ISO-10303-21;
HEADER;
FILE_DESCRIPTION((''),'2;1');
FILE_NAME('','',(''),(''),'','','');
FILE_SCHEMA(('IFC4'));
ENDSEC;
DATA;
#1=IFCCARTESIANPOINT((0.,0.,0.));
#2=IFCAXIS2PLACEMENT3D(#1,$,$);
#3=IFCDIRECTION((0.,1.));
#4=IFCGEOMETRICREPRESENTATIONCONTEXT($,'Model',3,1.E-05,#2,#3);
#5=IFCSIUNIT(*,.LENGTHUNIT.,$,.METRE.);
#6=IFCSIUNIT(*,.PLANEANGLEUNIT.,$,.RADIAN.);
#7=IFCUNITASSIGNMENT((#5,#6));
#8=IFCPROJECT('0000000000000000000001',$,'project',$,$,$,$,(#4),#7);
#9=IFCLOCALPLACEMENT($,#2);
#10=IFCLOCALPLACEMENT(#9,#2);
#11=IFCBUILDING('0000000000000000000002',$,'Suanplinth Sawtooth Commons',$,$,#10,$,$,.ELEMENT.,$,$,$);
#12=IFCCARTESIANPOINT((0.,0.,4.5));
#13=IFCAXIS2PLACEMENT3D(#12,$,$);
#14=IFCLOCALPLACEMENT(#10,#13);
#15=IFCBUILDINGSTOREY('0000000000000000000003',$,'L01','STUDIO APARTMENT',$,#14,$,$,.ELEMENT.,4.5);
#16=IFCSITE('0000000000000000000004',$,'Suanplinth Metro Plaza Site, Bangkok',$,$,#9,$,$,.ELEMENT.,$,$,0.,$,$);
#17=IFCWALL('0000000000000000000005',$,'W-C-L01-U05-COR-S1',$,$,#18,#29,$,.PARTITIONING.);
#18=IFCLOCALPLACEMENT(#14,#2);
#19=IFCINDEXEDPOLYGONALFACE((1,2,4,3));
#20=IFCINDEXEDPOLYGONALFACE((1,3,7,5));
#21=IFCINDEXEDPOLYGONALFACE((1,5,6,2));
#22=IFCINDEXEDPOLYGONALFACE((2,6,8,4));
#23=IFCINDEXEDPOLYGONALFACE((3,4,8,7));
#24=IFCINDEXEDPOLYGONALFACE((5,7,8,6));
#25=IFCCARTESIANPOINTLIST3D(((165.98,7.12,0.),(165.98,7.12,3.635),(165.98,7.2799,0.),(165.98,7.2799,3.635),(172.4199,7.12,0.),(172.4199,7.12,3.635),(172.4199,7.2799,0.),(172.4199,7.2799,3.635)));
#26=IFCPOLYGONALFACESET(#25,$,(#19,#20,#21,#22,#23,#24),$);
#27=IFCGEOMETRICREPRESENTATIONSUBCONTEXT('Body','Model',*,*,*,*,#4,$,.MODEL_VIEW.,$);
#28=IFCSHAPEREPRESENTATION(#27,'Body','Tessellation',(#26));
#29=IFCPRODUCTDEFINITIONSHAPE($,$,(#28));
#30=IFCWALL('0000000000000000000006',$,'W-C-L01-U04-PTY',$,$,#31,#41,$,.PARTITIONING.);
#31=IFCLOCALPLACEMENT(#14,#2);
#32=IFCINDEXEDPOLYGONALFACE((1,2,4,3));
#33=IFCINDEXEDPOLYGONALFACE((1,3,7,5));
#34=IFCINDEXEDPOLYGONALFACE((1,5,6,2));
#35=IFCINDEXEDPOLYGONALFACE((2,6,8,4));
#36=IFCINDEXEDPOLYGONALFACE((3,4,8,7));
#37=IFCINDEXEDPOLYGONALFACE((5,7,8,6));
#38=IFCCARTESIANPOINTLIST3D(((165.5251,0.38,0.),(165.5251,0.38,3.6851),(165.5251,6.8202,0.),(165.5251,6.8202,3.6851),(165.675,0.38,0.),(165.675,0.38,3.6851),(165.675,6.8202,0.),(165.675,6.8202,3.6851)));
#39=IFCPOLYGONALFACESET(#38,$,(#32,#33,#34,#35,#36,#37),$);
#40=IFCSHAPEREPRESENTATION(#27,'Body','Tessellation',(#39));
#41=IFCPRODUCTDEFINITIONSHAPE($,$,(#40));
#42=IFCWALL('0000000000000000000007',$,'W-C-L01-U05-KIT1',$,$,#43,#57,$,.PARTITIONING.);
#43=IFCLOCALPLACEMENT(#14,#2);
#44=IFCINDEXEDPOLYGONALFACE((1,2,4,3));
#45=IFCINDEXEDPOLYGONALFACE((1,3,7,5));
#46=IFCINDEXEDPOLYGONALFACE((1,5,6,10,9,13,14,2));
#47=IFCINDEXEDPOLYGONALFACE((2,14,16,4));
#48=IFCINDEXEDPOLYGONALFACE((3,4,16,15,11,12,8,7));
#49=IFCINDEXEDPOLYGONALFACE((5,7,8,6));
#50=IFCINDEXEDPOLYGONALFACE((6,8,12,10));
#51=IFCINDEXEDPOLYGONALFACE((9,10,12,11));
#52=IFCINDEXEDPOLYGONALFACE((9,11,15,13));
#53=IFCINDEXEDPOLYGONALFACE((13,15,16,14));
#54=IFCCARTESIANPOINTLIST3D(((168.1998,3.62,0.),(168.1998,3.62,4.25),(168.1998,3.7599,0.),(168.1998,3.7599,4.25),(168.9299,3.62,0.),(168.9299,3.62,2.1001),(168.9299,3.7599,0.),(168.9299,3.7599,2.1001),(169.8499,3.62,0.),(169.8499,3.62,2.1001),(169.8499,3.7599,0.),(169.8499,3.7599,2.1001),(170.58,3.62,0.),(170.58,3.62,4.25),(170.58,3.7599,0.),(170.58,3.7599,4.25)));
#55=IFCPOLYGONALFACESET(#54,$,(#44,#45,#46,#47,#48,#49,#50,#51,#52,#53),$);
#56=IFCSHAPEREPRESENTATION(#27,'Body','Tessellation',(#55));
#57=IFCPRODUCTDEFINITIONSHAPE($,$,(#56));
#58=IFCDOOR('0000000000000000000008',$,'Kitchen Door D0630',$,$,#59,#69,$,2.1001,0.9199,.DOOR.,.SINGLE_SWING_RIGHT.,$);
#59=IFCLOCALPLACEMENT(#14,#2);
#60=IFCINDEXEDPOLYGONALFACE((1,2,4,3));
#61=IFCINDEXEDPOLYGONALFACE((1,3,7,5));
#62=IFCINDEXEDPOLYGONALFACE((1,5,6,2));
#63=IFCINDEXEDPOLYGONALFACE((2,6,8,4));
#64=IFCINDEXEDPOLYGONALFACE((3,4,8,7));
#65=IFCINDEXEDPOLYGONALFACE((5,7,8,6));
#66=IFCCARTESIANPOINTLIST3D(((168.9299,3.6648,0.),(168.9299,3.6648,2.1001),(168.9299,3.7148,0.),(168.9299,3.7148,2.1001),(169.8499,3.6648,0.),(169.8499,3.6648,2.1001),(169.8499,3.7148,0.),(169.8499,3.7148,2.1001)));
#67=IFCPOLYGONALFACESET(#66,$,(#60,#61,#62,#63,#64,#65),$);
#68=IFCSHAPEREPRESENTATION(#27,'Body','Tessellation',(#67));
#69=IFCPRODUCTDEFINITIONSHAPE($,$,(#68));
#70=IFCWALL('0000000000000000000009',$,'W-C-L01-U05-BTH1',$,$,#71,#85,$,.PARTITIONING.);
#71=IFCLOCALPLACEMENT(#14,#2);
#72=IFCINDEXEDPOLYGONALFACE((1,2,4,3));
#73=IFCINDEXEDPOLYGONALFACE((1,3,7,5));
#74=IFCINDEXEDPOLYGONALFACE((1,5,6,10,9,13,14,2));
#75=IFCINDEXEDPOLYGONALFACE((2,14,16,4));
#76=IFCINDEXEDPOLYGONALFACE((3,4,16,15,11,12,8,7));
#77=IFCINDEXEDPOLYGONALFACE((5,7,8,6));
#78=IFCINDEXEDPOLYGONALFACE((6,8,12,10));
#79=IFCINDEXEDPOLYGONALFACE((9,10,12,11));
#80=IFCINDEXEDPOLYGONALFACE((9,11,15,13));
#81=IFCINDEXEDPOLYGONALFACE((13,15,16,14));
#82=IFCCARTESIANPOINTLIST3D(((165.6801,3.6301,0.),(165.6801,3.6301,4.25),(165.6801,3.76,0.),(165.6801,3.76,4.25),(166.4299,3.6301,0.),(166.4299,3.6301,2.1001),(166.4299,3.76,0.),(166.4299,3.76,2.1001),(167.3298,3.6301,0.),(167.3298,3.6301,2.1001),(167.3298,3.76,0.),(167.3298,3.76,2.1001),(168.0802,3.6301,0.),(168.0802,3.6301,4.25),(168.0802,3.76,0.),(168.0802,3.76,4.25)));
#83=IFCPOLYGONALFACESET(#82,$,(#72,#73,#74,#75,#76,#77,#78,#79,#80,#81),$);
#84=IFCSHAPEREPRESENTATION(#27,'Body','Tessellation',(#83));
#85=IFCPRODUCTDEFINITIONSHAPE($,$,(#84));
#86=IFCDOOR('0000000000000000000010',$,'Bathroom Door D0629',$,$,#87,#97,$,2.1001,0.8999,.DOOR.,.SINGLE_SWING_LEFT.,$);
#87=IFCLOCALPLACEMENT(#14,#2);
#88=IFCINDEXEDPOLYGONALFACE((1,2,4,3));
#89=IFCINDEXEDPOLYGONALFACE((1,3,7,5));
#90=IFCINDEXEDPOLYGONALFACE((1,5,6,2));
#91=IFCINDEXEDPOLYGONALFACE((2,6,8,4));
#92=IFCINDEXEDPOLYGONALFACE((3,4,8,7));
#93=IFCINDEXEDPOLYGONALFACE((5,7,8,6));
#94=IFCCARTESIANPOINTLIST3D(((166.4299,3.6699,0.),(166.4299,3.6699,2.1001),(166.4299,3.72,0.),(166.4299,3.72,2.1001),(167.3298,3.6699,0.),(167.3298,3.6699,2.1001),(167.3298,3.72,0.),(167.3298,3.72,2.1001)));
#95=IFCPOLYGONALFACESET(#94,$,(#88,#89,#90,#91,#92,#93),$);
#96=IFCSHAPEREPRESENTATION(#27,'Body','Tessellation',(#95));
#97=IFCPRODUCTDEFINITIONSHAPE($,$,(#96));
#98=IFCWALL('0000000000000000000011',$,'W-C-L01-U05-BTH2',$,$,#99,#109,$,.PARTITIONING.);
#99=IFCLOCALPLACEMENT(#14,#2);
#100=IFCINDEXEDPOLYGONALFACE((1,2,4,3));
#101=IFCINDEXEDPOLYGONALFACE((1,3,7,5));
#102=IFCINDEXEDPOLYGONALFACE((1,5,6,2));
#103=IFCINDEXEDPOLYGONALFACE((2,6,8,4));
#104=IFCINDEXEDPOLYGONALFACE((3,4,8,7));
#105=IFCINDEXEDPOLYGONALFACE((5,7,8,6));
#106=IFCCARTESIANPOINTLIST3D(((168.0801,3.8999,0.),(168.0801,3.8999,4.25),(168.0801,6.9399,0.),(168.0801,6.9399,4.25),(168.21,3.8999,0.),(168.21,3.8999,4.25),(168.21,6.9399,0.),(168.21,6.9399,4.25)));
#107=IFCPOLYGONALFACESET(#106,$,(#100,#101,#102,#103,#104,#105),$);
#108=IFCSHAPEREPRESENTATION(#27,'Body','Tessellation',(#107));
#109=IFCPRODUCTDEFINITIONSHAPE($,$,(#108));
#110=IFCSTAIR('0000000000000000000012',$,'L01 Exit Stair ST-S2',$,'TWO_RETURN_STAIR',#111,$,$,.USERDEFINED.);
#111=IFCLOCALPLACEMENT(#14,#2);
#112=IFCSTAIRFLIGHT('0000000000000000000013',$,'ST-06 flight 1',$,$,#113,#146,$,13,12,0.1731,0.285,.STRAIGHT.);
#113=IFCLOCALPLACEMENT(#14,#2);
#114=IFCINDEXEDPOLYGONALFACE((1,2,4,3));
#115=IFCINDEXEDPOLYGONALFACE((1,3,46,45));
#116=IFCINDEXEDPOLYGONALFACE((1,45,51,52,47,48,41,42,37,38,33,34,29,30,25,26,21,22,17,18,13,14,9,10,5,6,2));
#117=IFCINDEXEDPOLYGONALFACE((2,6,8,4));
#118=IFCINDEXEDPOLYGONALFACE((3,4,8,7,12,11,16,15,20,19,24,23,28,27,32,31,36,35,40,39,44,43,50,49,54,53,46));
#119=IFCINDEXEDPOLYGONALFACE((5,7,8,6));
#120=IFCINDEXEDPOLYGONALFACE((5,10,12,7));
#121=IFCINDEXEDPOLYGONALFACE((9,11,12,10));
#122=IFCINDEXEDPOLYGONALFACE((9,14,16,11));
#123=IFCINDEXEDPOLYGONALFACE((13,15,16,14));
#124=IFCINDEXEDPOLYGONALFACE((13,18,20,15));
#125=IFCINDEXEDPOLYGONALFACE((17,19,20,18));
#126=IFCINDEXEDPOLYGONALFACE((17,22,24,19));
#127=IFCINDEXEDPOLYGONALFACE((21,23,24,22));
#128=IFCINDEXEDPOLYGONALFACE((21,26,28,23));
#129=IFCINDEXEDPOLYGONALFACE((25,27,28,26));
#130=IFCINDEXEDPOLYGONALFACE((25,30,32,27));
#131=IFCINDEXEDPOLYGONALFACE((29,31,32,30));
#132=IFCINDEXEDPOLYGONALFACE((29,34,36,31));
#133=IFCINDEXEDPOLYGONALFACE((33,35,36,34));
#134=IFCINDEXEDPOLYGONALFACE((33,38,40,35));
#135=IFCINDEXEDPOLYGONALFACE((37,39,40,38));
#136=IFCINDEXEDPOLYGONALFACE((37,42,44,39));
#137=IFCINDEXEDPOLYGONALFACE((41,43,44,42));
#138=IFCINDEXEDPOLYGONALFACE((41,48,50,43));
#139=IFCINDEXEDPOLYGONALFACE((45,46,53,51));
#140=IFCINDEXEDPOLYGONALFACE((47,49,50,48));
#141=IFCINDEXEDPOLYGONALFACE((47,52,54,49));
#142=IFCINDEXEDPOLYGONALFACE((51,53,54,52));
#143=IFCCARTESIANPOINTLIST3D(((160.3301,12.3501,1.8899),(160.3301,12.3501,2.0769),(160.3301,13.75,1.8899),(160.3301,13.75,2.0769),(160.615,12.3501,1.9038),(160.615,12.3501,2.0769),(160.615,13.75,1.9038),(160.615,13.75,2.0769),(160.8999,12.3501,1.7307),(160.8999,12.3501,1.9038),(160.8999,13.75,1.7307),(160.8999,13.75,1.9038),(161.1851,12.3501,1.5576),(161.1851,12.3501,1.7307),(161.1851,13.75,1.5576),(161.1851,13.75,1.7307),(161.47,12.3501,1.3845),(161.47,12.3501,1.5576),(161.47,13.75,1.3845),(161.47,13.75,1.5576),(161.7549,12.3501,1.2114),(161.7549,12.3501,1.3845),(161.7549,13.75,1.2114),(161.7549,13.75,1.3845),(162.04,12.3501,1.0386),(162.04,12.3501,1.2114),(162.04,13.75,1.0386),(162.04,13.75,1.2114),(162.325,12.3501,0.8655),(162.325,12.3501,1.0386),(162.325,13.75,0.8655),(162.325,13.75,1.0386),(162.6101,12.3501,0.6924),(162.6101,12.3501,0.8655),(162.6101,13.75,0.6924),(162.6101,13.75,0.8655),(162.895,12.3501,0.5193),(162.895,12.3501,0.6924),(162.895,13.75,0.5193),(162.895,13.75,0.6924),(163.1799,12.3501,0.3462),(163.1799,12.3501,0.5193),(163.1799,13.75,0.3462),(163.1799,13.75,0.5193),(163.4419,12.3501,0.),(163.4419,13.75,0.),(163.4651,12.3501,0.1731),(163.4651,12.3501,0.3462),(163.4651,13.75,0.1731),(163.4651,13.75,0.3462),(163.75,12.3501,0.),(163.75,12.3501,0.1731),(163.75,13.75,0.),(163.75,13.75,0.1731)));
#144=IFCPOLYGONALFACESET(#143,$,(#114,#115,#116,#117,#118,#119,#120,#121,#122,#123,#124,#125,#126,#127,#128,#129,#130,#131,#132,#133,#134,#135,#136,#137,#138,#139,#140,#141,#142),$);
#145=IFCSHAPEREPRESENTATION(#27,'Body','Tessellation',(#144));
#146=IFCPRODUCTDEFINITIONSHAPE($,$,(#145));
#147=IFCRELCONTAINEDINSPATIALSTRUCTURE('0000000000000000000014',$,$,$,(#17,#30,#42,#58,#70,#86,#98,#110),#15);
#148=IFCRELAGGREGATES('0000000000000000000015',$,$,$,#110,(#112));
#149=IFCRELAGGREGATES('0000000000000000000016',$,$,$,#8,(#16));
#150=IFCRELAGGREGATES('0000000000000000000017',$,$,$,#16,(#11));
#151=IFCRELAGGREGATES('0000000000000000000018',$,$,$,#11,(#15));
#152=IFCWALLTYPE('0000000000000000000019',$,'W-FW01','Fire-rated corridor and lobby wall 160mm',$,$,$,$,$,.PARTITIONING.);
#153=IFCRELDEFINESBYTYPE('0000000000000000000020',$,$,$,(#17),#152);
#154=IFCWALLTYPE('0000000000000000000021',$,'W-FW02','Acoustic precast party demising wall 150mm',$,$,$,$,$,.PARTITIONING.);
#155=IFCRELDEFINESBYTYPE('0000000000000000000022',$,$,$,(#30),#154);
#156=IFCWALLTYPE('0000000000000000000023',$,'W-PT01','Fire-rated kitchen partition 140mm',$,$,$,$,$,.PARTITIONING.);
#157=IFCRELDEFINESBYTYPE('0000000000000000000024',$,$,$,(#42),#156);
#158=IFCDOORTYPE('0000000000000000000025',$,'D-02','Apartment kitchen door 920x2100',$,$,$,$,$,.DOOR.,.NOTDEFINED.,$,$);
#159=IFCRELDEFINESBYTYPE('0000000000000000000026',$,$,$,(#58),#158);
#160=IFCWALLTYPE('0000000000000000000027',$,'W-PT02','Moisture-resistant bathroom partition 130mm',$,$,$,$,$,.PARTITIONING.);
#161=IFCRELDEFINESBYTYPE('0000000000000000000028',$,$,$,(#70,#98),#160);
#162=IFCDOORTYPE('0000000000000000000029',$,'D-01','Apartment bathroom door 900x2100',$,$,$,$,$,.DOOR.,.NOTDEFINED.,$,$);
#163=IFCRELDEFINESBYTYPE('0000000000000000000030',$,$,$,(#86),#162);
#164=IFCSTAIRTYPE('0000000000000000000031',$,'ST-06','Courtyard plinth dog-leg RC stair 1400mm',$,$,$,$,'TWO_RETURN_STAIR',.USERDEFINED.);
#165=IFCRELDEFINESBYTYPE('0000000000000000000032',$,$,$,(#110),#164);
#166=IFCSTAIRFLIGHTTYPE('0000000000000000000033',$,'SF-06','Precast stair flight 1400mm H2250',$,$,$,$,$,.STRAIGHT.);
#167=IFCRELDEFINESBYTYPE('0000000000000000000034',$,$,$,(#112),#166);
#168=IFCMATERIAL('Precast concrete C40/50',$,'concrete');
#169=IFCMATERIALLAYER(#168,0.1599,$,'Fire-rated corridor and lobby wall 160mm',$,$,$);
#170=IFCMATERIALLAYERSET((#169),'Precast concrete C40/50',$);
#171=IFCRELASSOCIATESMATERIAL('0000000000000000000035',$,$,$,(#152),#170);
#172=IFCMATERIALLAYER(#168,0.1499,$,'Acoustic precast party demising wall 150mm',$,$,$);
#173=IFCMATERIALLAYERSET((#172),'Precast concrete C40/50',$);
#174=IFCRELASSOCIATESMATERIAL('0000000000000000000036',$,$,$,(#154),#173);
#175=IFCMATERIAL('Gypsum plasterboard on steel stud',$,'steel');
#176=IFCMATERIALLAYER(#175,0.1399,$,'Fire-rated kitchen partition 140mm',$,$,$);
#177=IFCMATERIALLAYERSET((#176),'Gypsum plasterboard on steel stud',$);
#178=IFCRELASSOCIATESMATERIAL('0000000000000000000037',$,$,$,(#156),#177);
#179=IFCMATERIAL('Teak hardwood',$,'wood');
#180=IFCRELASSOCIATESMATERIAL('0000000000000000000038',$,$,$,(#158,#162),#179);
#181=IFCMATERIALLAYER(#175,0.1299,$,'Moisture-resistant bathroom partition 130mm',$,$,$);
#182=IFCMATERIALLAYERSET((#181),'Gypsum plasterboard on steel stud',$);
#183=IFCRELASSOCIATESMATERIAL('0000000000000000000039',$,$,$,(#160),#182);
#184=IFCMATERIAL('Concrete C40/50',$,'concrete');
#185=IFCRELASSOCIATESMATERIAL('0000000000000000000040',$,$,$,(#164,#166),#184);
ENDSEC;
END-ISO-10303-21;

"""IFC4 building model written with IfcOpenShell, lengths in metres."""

from ifc_helpers import new_model, si_unit, direction, frame, frame_2d, origin, place, context, subcontext, project, spatial, polyline, rectangle, outline, extrude, material, layer, layer_set, type_object, element, fill, aggregate, save


model = new_model("IFC4")

# Units and contexts
model_context = context("Model", 3, precision=1e-05, world=origin(), true_north=direction((0.0, 1.0)))
body_context = subcontext(model_context, "Body", "Model", "MODEL_VIEW")
ifc_project = project(units=[si_unit("LENGTHUNIT", "METRE"), si_unit("PLANEANGLEUNIT", "RADIAN")], contexts=[model_context])

# Site, building, storey
site_placement = place(None, origin())
site = spatial("IfcSite", under=ifc_project, at=site_placement, Name="Suanplinth Metro Plaza Site, Bangkok", CompositionType="ELEMENT", RefElevation=0.0)
building_placement = place(site_placement, origin())
building = spatial("IfcBuilding", under=site, at=building_placement, Name="Suanplinth Sawtooth Commons", CompositionType="ELEMENT")
storey_placement = place(building_placement, frame((0.0, 0.0, 4.5)))
storey = spatial("IfcBuildingStorey", under=building, at=storey_placement, Name="L01", Description="STUDIO APARTMENT", CompositionType="ELEMENT", Elevation=4.5)

# Shared definitions
ifc_material_1 = material(Name="Concrete C40/50", Category="concrete")

# Shared definitions
ifc_material_2 = material(Name="Precast concrete C40/50", Category="concrete")

# Shared definitions
ifc_layer_1 = layer(ifc_material_2, 0.1599, Name="Fire-rated corridor and lobby wall 160mm")
ifc_layer_set_1 = layer_set([ifc_layer_1], Name="Precast concrete C40/50")
wall_type_1 = type_object("IfcWallType", Name="W-FW01", Description="Fire-rated corridor and lobby wall 160mm", PredefinedType="PARTITIONING", material=ifc_layer_set_1)

# Walls
wall_1_placement = place(storey_placement, frame((165.98, 7.2, 0.0), z_axis=(0.0, 0.0, 1.0), x_axis=(1.0, 0.0, 0.0)))
element("IfcWall", 1, at=wall_1_placement, inside=storey, type_object=wall_type_1, Name="W-C-L01-U05-COR-S1", PredefinedType="PARTITIONING", context=body_context, shape_type="SweptSolid", body=[
    extrude(rectangle(XDim=6.4399, YDim=0.1599, at=frame_2d((3.22, 0.0))), origin(), (0.0, 0.0, 1.0), 3.635),
])
ifc_layer_2 = layer(ifc_material_2, 0.1499, Name="Acoustic precast party demising wall 150mm")
ifc_layer_set_2 = layer_set([ifc_layer_2], Name="Precast concrete C40/50")
wall_type_2 = type_object("IfcWallType", Name="W-FW02", Description="Acoustic precast party demising wall 150mm", PredefinedType="PARTITIONING", material=ifc_layer_set_2)
wall_2_placement = place(storey_placement, frame((165.6001, 0.3799, 0.0), z_axis=(0.0, 0.0, 1.0), x_axis=(0.0, 1.0, 0.0)))
element("IfcWall", 2, at=wall_2_placement, inside=storey, type_object=wall_type_2, Name="W-C-L01-U04-PTY", PredefinedType="PARTITIONING", context=body_context, shape_type="SweptSolid", body=[
    extrude(rectangle(XDim=6.4402, YDim=0.1499, at=frame_2d((3.2202, 0.0))), origin(), (0.0, 0.0, 1.0), 3.6851),
])

# Walls, openings, doors
ifc_material_3 = material(Name="Gypsum plasterboard on steel stud", Category="steel")
ifc_layer_3 = layer(ifc_material_3, 0.1399, Name="Fire-rated kitchen partition 140mm")
ifc_layer_set_3 = layer_set([ifc_layer_3], Name="Gypsum plasterboard on steel stud")
wall_type_3 = type_object("IfcWallType", Name="W-PT01", Description="Fire-rated kitchen partition 140mm", PredefinedType="PARTITIONING", material=ifc_layer_set_3)
wall_3_placement = place(storey_placement, frame((168.2, 3.6899, 0.0), z_axis=(0.0, 0.0, 1.0), x_axis=(1.0, 0.0, 0.0)))
wall_3 = element("IfcWall", 3, at=wall_3_placement, inside=storey, type_object=wall_type_3, Name="W-C-L01-U05-KIT1", PredefinedType="PARTITIONING", context=body_context, shape_type="SweptSolid", body=[
    extrude(rectangle(XDim=2.3801, YDim=0.1399, at=frame_2d((1.1899, 0.0))), origin(), (0.0, 0.0, 1.0), 4.25),
])
opening_1_placement = place(wall_3_placement, frame((0.73, 0.0, 0.0)))
opening_1 = element("IfcOpeningElement", 4, at=opening_1_placement, cuts=wall_3, PredefinedType="OPENING", context=body_context, shape_type="SweptSolid", body=[
    extrude(rectangle(XDim=0.9199, YDim=2.1001, at=frame_2d((0.46, 1.05))), frame((0.0, 0.085, 0.0), z_axis=(0.0, -1.0, 0.0), x_axis=(1.0, 0.0, 0.0)), (0.0, 0.0, 1.0), 0.1697),
])
ifc_material_4 = material(Name="Teak hardwood", Category="wood")
door_type_1 = type_object("IfcDoorType", Name="D-02", Description="Apartment kitchen door 920x2100", OperationType="NOTDEFINED", PredefinedType="DOOR", material=ifc_material_4)
door_1_placement = place(opening_1_placement, origin())
door_1 = element("IfcDoor", 5, at=door_1_placement, inside=storey, type_object=door_type_1, Name="Kitchen Door D0630", OperationType="SINGLE_SWING_RIGHT", OverallHeight=2.1001, OverallWidth=0.9199, PredefinedType="DOOR", context=body_context, shape_type="SweptSolid", body=[
    extrude(rectangle(XDim=0.9199, YDim=2.1001, at=frame_2d((0.46, 1.05))), frame((0.0, 0.0249, 0.0), z_axis=(0.0, -1.0, 0.0), x_axis=(1.0, 0.0, 0.0)), (0.0, 0.0, 1.0), 0.05),
])
fill(opening_1, door_1)
ifc_layer_4 = layer(ifc_material_3, 0.1299, Name="Moisture-resistant bathroom partition 130mm")
ifc_layer_set_4 = layer_set([ifc_layer_4], Name="Gypsum plasterboard on steel stud")
wall_type_4 = type_object("IfcWallType", Name="W-PT02", Description="Moisture-resistant bathroom partition 130mm", PredefinedType="PARTITIONING", material=ifc_layer_set_4)
wall_4_placement = place(storey_placement, frame((165.6799, 3.6951, 0.0), z_axis=(0.0, 0.0, 1.0), x_axis=(1.0, 0.0, 0.0)))
wall_4 = element("IfcWall", 6, at=wall_4_placement, inside=storey, type_object=wall_type_4, Name="W-C-L01-U05-BTH1", PredefinedType="PARTITIONING", context=body_context, shape_type="SweptSolid", body=[
    extrude(rectangle(XDim=2.4001, YDim=0.1299, at=frame_2d((1.2002, 0.0))), origin(), (0.0, 0.0, 1.0), 4.25),
])
opening_2_placement = place(wall_4_placement, frame((0.75, 0.0, 0.0)))
opening_2 = element("IfcOpeningElement", 7, at=opening_2_placement, cuts=wall_4, PredefinedType="OPENING", context=body_context, shape_type="SweptSolid", body=[
    extrude(rectangle(XDim=0.8999, YDim=2.1001, at=frame_2d((0.45, 1.05))), frame((0.0, 0.0798, 0.0), z_axis=(0.0, -1.0, 0.0), x_axis=(1.0, 0.0, 0.0)), (0.0, 0.0, 1.0), 0.1597),
])
door_type_2 = type_object("IfcDoorType", Name="D-01", Description="Apartment bathroom door 900x2100", OperationType="NOTDEFINED", PredefinedType="DOOR", material=ifc_material_4)
door_2_placement = place(opening_2_placement, origin())
door_2 = element("IfcDoor", 8, at=door_2_placement, inside=storey, type_object=door_type_2, Name="Bathroom Door D0629", OperationType="SINGLE_SWING_LEFT", OverallHeight=2.1001, OverallWidth=0.8999, PredefinedType="DOOR", context=body_context, shape_type="SweptSolid", body=[
    extrude(rectangle(XDim=0.8999, YDim=2.1001, at=frame_2d((0.45, 1.05))), frame((0.0, 0.0249, 0.0), z_axis=(0.0, -1.0, 0.0), x_axis=(1.0, 0.0, 0.0)), (0.0, 0.0, 1.0), 0.05),
])
fill(opening_2, door_2)

# Wall
wall_5_placement = place(storey_placement, frame((168.145, 3.8999, 0.0), z_axis=(0.0, 0.0, 1.0), x_axis=(0.0, 1.0, 0.0)))
element("IfcWall", 9, at=wall_5_placement, inside=storey, type_object=wall_type_4, Name="W-C-L01-U05-BTH2", PredefinedType="PARTITIONING", context=body_context, shape_type="SweptSolid", body=[
    extrude(rectangle(XDim=3.04, YDim=0.1299, at=frame_2d((1.52, 0.0))), origin(), (0.0, 0.0, 1.0), 4.25),
])

# Stair, stair flight
stair_type = type_object("IfcStairType", Name="ST-06", Description="Courtyard plinth dog-leg RC stair 1400mm", ElementType="TWO_RETURN_STAIR", PredefinedType="USERDEFINED", material=ifc_material_1)
stair_placement = place(storey_placement, origin())
stair = element("IfcStair", 10, at=stair_placement, inside=storey, type_object=stair_type, Name="L01 Exit Stair ST-S2", ObjectType="TWO_RETURN_STAIR", PredefinedType="USERDEFINED")
stair_flight_type = type_object("IfcStairFlightType", Name="SF-06", Description="Precast stair flight 1400mm H2250", PredefinedType="STRAIGHT", material=ifc_material_1)
stair_flight_placement = place(storey_placement, frame((163.75, 13.05, 0.0), z_axis=(0.0, 0.0, 1.0), x_axis=(-1.0, 0.0, 0.0)))
stair_flight = element("IfcStairFlight", 11, at=stair_flight_placement, type_object=stair_flight_type, Name="ST-06 flight 1", NumberOfRisers=13, NumberOfTreads=12, PredefinedType="STRAIGHT", RiserHeight=0.1731, TreadLength=0.285, context=body_context, shape_type="SweptSolid", body=[
    extrude(outline(polyline([(0.0, 0.0), (0.0, 0.1731), (0.2849, 0.1731), (0.2849, 0.3462), (0.5701, 0.3462), (0.5701, 0.5193), (0.855, 0.5193), (0.855, 0.6924), (1.1399, 0.6924), (1.1399, 0.8655), (1.425, 0.8655), (1.425, 1.0386), (1.71, 1.0386), (1.71, 1.2114), (1.9951, 1.2114), (1.9951, 1.3845), (2.28, 1.3845), (2.28, 1.5576), (2.5649, 1.5576), (2.5649, 1.7307), (2.8501, 1.7307), (2.8501, 1.9038), (3.135, 1.9038), (3.135, 2.0769), (3.4199, 2.0769), (3.4199, 2.25), (3.4199, 1.8899), (0.3081, 0.0), (0.0, 0.0)])), frame((0.0, 0.7, 0.0), z_axis=(0.0, -1.0, 0.0), x_axis=(1.0, 0.0, 0.0)), (0.0, 0.0, 1.0), 1.3999),
])
aggregate(stair, [stair_flight])

save(model, "model.ifc")
